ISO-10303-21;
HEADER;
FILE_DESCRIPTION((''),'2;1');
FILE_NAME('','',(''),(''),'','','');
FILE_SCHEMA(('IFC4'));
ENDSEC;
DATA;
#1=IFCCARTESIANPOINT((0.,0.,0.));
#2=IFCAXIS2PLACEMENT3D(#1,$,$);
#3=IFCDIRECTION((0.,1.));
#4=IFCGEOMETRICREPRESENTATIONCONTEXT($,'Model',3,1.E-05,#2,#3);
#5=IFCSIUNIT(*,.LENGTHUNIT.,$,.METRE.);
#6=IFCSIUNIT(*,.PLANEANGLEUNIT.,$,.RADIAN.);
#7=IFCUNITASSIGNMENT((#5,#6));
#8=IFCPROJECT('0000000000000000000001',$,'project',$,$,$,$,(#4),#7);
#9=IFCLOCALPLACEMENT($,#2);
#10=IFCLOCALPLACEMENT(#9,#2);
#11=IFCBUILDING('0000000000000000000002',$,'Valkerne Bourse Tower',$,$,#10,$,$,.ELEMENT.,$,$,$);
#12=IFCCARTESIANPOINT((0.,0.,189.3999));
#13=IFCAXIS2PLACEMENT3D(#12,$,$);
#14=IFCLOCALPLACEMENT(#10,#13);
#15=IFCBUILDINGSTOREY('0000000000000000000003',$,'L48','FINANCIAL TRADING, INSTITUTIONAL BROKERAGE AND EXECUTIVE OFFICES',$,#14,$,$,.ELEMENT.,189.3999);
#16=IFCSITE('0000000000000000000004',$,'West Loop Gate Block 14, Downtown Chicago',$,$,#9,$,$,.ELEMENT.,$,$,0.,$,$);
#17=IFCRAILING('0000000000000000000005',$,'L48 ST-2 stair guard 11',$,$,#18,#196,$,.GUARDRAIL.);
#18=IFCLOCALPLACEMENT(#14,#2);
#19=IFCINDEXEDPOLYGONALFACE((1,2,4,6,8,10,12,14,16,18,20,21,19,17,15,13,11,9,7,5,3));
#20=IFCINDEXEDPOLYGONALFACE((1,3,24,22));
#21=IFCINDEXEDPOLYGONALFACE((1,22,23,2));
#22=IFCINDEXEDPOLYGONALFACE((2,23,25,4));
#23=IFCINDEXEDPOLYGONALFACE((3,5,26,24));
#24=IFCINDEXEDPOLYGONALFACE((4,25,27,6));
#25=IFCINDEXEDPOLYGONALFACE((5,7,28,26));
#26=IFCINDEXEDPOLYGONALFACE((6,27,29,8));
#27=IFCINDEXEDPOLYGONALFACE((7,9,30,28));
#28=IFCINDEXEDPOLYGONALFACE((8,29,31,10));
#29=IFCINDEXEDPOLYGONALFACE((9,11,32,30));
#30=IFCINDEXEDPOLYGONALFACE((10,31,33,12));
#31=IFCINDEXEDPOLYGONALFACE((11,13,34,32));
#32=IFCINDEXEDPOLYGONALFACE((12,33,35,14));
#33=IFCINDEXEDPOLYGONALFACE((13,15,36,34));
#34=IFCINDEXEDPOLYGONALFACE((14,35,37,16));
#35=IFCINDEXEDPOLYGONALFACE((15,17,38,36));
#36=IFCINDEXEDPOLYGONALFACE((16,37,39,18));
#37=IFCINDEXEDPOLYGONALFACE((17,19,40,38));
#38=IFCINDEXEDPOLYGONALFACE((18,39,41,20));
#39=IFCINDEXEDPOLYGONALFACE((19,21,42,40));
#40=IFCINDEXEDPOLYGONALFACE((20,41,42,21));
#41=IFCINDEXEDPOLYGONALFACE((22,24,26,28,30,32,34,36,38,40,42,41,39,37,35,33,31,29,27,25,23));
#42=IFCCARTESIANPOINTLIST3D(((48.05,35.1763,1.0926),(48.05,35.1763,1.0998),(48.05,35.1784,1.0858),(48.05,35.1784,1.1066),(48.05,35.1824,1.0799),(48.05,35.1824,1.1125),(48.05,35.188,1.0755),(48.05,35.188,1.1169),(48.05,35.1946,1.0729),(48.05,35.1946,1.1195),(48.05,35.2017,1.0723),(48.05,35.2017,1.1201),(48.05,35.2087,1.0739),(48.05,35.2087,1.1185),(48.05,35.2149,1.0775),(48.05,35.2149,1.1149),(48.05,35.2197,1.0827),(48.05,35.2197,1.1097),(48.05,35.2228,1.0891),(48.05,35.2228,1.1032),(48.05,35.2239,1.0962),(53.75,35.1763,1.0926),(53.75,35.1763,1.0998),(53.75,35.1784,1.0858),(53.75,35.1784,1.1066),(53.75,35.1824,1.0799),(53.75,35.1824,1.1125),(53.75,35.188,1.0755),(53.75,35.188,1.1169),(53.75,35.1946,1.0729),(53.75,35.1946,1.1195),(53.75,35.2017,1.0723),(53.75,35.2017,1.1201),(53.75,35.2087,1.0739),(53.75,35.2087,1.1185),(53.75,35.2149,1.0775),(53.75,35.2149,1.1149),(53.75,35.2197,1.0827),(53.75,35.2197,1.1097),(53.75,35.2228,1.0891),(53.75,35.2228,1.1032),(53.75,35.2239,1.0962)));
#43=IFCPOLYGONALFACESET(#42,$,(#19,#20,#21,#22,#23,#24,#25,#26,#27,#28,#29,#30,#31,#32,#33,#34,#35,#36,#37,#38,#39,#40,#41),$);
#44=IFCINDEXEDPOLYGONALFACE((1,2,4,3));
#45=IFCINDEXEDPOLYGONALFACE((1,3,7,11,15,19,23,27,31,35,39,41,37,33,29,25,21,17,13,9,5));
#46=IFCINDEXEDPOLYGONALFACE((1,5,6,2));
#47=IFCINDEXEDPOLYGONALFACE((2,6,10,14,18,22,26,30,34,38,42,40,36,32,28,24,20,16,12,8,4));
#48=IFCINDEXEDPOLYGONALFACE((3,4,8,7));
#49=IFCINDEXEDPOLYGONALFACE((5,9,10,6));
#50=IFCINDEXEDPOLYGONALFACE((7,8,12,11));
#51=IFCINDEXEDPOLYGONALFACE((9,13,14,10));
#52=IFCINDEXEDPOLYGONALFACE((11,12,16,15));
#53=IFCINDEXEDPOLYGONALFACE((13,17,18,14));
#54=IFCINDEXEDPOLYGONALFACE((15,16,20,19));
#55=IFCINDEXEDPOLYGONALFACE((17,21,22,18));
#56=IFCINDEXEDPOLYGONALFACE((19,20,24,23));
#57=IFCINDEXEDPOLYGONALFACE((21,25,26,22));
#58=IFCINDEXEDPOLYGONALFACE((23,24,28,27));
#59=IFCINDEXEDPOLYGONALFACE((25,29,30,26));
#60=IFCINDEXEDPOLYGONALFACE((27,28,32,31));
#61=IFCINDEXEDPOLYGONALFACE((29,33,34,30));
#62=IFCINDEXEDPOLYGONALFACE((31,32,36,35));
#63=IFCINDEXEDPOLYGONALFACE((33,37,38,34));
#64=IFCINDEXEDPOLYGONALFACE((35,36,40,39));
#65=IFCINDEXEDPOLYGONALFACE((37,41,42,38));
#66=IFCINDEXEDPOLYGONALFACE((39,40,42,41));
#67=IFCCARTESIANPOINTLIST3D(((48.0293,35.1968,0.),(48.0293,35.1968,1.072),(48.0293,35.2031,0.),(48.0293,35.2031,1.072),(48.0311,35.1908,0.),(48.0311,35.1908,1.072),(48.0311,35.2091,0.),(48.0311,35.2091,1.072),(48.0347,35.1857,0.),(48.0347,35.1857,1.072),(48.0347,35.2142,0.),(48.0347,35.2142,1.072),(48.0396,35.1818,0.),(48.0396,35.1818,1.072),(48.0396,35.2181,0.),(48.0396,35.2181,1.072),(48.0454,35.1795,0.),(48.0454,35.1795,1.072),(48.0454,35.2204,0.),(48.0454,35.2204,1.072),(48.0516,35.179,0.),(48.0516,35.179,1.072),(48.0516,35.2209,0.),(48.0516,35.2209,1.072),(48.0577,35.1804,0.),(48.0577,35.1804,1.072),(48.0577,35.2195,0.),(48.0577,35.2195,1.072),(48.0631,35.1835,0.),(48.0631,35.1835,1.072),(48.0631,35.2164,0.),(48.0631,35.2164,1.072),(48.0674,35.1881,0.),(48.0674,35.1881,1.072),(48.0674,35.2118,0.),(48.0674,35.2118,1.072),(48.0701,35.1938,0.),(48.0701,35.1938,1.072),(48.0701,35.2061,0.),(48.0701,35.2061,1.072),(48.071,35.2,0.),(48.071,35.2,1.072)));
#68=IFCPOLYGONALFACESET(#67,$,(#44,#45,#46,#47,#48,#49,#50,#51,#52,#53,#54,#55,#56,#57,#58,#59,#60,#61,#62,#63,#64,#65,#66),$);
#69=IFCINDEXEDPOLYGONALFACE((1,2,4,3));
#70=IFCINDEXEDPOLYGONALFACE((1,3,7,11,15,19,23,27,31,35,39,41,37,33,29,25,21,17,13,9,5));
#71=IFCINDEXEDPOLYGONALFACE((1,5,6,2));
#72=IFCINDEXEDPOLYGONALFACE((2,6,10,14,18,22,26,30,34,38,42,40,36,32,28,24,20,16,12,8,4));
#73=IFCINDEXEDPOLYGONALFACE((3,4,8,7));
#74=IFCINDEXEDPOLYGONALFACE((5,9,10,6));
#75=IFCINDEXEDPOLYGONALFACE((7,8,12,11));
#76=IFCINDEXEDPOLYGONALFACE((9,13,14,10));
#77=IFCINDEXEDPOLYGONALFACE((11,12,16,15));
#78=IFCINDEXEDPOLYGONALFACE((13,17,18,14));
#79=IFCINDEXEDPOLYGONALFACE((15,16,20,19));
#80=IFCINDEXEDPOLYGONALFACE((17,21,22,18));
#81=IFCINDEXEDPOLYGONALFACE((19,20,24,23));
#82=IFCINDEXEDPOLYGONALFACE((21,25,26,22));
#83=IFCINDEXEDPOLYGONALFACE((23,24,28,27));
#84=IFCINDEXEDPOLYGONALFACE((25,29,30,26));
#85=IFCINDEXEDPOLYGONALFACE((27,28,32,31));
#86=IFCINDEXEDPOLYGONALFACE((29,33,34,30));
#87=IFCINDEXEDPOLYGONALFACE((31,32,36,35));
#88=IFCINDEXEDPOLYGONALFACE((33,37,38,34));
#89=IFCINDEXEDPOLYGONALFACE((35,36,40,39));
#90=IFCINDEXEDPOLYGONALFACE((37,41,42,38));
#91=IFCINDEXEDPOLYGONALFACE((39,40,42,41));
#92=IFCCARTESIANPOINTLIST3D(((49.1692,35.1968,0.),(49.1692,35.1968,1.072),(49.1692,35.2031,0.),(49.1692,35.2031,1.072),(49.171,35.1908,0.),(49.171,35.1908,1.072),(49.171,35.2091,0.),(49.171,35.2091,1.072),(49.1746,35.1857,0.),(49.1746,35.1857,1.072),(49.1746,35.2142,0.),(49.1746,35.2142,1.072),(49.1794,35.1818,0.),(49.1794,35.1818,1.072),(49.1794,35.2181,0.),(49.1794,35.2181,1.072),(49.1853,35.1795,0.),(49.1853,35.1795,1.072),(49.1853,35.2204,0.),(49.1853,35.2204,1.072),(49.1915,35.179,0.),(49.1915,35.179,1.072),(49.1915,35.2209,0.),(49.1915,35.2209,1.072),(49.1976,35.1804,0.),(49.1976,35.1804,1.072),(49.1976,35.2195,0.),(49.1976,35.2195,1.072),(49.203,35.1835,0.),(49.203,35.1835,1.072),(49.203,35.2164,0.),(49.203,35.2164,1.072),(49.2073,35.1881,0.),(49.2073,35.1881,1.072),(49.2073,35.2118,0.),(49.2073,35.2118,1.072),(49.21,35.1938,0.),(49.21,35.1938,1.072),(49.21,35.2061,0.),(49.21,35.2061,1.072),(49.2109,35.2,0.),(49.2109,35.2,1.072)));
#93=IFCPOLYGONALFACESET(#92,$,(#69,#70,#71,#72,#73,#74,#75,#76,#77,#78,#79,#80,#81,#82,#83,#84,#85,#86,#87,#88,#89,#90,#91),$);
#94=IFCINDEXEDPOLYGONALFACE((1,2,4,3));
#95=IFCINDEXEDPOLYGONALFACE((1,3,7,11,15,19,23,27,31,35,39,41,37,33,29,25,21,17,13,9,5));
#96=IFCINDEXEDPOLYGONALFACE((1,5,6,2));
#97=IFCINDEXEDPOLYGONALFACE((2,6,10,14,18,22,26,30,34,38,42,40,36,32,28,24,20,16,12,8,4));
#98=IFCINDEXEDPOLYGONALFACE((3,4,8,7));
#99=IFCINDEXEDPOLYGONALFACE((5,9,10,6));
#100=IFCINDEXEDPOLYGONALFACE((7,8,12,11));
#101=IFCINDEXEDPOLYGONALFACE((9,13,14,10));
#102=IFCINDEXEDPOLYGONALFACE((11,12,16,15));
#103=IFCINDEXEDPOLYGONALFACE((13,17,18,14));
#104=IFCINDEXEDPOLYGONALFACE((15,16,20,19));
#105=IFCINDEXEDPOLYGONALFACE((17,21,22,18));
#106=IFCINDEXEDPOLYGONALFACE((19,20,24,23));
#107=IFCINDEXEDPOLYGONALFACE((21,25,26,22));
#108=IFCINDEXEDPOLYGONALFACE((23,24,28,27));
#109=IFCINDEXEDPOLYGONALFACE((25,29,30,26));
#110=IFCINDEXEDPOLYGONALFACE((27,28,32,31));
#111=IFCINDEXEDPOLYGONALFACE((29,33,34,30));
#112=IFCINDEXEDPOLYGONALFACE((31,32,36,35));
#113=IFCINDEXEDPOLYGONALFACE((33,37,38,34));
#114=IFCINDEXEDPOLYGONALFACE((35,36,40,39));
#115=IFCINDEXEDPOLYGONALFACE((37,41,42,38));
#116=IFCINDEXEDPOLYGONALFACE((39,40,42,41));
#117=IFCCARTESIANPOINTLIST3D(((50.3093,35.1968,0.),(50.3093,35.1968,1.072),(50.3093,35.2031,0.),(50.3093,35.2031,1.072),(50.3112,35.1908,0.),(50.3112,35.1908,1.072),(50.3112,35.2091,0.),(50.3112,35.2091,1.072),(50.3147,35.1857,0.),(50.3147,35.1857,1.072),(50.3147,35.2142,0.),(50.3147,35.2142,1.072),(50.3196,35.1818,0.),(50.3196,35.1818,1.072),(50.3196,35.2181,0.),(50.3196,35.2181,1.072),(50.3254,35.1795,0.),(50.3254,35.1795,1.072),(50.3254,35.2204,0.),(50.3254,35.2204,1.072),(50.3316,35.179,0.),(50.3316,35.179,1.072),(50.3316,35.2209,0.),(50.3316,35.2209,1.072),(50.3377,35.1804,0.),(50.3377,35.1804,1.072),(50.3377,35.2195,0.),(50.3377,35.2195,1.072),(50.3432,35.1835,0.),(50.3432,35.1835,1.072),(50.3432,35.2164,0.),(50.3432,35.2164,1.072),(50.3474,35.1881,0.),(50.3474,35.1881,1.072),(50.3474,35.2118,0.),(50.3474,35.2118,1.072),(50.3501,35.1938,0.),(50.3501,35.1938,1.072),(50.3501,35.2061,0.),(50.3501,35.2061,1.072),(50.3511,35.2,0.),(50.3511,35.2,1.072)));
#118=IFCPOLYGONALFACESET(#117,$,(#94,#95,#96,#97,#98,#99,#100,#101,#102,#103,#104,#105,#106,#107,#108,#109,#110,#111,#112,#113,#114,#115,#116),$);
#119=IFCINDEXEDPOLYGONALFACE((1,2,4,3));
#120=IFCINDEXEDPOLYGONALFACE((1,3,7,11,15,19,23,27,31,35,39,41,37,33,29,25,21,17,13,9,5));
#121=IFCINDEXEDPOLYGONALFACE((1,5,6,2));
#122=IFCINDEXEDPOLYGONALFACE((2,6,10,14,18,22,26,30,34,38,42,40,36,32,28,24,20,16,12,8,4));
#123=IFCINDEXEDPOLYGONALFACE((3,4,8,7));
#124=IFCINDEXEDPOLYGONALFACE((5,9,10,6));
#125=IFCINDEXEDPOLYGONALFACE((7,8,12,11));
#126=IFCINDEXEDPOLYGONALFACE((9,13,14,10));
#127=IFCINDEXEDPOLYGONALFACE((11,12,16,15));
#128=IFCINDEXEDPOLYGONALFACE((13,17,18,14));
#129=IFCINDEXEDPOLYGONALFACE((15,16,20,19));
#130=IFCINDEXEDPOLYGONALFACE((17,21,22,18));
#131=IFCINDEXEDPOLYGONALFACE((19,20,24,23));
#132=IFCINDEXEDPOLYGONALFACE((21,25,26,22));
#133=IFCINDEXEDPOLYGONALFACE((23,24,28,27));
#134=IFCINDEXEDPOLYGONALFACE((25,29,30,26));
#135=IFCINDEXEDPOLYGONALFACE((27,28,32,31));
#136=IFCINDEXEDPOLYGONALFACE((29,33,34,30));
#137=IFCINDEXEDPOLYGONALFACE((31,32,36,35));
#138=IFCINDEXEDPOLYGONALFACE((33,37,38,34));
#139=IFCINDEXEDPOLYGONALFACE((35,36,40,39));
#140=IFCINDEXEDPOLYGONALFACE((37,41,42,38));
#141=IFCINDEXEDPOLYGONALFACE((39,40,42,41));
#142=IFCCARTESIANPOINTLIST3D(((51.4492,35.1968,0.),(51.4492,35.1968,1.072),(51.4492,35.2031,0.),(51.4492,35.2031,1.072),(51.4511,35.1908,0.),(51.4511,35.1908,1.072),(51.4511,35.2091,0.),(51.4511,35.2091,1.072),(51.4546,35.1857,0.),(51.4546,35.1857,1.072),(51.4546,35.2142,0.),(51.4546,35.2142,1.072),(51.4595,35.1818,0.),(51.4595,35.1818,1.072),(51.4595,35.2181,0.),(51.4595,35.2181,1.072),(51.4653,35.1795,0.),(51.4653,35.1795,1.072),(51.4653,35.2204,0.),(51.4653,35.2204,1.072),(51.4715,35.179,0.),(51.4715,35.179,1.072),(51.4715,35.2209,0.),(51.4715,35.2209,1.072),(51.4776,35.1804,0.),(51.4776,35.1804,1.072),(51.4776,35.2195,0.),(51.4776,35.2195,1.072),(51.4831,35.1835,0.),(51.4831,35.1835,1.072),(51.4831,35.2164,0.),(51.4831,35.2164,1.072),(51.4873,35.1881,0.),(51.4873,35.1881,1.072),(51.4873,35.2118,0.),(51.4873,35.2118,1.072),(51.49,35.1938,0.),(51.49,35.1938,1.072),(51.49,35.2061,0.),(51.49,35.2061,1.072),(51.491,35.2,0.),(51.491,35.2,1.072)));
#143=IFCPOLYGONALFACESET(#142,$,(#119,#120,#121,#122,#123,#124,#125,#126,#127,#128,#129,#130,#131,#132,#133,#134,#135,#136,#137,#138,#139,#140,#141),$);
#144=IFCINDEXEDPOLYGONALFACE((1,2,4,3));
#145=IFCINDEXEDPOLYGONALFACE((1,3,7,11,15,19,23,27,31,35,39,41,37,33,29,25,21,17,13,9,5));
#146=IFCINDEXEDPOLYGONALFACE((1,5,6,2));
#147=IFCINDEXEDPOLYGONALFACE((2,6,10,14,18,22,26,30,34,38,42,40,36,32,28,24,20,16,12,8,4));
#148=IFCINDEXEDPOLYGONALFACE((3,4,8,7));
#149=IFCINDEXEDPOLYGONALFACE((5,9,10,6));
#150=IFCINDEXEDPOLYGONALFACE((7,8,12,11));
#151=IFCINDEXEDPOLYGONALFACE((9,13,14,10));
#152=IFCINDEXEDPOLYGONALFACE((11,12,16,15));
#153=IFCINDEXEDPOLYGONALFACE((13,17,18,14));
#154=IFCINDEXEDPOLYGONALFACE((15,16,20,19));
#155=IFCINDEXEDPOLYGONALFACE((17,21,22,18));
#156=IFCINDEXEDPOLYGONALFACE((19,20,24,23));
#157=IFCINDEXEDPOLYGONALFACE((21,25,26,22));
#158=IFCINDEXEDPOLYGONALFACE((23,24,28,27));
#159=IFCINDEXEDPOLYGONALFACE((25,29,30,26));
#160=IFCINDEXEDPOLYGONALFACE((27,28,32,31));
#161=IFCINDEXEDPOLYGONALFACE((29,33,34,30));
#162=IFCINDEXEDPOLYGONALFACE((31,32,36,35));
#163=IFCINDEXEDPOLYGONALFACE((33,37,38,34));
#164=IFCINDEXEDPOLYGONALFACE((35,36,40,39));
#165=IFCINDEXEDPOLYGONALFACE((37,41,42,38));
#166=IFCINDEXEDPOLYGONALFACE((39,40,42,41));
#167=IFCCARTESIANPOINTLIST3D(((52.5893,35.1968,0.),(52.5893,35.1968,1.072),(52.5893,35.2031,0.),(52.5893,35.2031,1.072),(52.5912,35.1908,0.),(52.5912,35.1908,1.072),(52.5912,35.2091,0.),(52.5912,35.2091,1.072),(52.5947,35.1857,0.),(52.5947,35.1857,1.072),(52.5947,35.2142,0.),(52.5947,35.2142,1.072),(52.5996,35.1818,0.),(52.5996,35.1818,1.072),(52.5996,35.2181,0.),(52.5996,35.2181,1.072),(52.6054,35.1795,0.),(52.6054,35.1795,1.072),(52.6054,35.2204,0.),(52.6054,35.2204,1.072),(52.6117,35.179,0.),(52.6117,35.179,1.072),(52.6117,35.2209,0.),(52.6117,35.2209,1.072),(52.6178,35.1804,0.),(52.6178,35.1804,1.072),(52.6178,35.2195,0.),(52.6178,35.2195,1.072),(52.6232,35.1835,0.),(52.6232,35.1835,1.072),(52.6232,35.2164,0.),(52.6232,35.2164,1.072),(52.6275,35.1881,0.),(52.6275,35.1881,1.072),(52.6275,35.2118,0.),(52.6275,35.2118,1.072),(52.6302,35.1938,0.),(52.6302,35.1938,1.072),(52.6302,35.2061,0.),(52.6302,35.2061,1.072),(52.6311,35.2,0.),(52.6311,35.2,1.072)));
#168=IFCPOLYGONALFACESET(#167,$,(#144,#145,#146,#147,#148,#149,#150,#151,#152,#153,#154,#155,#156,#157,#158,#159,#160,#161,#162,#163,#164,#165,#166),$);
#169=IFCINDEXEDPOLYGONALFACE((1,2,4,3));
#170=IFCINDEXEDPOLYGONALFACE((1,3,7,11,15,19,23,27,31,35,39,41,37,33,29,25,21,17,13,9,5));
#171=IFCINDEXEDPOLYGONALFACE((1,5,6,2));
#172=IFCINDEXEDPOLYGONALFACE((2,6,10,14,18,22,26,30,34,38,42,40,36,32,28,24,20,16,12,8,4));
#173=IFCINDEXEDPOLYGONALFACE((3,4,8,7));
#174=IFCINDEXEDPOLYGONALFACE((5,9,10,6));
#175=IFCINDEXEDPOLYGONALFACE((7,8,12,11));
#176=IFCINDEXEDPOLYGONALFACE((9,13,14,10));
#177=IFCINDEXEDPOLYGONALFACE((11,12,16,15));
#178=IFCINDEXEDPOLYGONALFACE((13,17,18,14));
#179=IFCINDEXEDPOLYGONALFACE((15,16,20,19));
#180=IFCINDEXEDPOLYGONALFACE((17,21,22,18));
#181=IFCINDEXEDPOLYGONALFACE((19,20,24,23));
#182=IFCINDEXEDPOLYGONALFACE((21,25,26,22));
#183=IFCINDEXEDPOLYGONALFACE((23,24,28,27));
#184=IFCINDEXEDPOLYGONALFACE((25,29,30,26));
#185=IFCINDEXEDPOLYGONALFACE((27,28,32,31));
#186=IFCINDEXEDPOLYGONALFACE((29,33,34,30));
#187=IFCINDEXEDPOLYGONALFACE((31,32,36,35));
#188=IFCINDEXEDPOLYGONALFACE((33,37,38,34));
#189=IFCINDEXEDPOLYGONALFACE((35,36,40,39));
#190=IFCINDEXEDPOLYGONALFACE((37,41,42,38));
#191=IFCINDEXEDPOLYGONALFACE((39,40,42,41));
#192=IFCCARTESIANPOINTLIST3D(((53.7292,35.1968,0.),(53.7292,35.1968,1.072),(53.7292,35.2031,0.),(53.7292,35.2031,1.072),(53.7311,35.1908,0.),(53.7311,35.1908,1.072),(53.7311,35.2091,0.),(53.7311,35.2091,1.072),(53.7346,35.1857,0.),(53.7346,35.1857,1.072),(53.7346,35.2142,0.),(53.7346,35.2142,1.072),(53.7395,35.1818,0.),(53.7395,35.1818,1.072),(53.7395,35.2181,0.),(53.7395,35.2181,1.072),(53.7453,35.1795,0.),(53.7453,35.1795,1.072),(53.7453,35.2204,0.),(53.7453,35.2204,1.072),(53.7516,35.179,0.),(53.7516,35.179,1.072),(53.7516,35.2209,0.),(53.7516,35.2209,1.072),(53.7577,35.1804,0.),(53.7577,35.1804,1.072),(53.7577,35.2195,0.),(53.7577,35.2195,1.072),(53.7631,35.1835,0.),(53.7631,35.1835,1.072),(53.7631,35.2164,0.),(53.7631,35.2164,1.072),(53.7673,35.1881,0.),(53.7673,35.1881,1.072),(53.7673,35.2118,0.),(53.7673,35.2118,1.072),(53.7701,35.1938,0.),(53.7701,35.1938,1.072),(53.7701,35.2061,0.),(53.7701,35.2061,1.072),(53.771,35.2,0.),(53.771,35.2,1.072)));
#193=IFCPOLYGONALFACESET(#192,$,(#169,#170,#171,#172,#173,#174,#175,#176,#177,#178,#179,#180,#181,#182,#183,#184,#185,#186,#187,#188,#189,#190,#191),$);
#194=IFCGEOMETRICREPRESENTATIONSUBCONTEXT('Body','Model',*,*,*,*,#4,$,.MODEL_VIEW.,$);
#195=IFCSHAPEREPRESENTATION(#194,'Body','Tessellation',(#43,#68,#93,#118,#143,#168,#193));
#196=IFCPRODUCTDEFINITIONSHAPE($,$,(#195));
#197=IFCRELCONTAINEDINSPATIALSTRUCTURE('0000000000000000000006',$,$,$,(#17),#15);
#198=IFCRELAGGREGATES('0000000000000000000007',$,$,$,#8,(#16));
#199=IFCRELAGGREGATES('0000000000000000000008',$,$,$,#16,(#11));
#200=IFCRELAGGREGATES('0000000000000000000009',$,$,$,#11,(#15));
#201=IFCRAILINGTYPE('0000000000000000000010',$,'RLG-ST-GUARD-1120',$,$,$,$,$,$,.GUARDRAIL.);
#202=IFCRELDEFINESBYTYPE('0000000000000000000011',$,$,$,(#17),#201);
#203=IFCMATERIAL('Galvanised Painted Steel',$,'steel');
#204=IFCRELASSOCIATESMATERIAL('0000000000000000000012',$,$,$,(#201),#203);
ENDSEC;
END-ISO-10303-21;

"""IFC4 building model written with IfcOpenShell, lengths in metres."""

from ifc_helpers import new_model, si_unit, direction, frame, origin, origin_2d, place, context, subcontext, project, spatial, circle, extrude, material, type_object, element, save


model = new_model("IFC4")

# Units and contexts
model_context = context("Model", 3, precision=1e-05, world=origin(), true_north=direction((0.0, 1.0)))
body_context = subcontext(model_context, "Body", "Model", "MODEL_VIEW")
ifc_project = project(units=[si_unit("LENGTHUNIT", "METRE"), si_unit("PLANEANGLEUNIT", "RADIAN")], contexts=[model_context])

# Site, building, storey
site_placement = place(None, origin())
site = spatial("IfcSite", under=ifc_project, at=site_placement, Name="West Loop Gate Block 14, Downtown Chicago", CompositionType="ELEMENT", RefElevation=0.0)
building_placement = place(site_placement, origin())
building = spatial("IfcBuilding", under=site, at=building_placement, Name="Valkerne Bourse Tower", CompositionType="ELEMENT")
storey_placement = place(building_placement, frame((0.0, 0.0, 189.3999)))
storey = spatial("IfcBuildingStorey", under=building, at=storey_placement, Name="L48", Description="FINANCIAL TRADING, INSTITUTIONAL BROKERAGE AND EXECUTIVE OFFICES", CompositionType="ELEMENT", Elevation=189.3999)

# Railing
ifc_material_1 = material(Name="Galvanised Painted Steel", Category="steel")
railing_type = type_object("IfcRailingType", Name="RLG-ST-GUARD-1120", PredefinedType="GUARDRAIL", material=ifc_material_1)
railing_placement = place(storey_placement, frame((48.05, 35.2, 0.0)))
element("IfcRailing", 1, at=railing_placement, inside=storey, type_object=railing_type, Name="L48 ST-2 stair guard 11", PredefinedType="GUARDRAIL", context=body_context, shape_type="SweptSolid", body=[
    extrude(circle(Radius=0.0239, at=origin_2d()), frame((0.0, 0.0, 1.0962), z_axis=(1.0, 0.0, 0.0), x_axis=(0.0, 1.0, 0.0)), (0.0, 0.0, 1.0), 5.7),
    extrude(circle(Radius=0.021, at=origin_2d()), origin(), (0.0, 0.0, 1.0), 1.072),
    extrude(circle(Radius=0.021, at=origin_2d()), frame((1.1399, 0.0, 0.0)), (0.0, 0.0, 1.0), 1.072),
    extrude(circle(Radius=0.021, at=origin_2d()), frame((2.28, 0.0, 0.0)), (0.0, 0.0, 1.0), 1.072),
    extrude(circle(Radius=0.021, at=origin_2d()), frame((3.4199, 0.0, 0.0)), (0.0, 0.0, 1.0), 1.072),
    extrude(circle(Radius=0.021, at=origin_2d()), frame((4.5601, 0.0, 0.0)), (0.0, 0.0, 1.0), 1.072),
    extrude(circle(Radius=0.021, at=origin_2d()), frame((5.7, 0.0, 0.0)), (0.0, 0.0, 1.0), 1.072),
])

save(model, "model.ifc")
